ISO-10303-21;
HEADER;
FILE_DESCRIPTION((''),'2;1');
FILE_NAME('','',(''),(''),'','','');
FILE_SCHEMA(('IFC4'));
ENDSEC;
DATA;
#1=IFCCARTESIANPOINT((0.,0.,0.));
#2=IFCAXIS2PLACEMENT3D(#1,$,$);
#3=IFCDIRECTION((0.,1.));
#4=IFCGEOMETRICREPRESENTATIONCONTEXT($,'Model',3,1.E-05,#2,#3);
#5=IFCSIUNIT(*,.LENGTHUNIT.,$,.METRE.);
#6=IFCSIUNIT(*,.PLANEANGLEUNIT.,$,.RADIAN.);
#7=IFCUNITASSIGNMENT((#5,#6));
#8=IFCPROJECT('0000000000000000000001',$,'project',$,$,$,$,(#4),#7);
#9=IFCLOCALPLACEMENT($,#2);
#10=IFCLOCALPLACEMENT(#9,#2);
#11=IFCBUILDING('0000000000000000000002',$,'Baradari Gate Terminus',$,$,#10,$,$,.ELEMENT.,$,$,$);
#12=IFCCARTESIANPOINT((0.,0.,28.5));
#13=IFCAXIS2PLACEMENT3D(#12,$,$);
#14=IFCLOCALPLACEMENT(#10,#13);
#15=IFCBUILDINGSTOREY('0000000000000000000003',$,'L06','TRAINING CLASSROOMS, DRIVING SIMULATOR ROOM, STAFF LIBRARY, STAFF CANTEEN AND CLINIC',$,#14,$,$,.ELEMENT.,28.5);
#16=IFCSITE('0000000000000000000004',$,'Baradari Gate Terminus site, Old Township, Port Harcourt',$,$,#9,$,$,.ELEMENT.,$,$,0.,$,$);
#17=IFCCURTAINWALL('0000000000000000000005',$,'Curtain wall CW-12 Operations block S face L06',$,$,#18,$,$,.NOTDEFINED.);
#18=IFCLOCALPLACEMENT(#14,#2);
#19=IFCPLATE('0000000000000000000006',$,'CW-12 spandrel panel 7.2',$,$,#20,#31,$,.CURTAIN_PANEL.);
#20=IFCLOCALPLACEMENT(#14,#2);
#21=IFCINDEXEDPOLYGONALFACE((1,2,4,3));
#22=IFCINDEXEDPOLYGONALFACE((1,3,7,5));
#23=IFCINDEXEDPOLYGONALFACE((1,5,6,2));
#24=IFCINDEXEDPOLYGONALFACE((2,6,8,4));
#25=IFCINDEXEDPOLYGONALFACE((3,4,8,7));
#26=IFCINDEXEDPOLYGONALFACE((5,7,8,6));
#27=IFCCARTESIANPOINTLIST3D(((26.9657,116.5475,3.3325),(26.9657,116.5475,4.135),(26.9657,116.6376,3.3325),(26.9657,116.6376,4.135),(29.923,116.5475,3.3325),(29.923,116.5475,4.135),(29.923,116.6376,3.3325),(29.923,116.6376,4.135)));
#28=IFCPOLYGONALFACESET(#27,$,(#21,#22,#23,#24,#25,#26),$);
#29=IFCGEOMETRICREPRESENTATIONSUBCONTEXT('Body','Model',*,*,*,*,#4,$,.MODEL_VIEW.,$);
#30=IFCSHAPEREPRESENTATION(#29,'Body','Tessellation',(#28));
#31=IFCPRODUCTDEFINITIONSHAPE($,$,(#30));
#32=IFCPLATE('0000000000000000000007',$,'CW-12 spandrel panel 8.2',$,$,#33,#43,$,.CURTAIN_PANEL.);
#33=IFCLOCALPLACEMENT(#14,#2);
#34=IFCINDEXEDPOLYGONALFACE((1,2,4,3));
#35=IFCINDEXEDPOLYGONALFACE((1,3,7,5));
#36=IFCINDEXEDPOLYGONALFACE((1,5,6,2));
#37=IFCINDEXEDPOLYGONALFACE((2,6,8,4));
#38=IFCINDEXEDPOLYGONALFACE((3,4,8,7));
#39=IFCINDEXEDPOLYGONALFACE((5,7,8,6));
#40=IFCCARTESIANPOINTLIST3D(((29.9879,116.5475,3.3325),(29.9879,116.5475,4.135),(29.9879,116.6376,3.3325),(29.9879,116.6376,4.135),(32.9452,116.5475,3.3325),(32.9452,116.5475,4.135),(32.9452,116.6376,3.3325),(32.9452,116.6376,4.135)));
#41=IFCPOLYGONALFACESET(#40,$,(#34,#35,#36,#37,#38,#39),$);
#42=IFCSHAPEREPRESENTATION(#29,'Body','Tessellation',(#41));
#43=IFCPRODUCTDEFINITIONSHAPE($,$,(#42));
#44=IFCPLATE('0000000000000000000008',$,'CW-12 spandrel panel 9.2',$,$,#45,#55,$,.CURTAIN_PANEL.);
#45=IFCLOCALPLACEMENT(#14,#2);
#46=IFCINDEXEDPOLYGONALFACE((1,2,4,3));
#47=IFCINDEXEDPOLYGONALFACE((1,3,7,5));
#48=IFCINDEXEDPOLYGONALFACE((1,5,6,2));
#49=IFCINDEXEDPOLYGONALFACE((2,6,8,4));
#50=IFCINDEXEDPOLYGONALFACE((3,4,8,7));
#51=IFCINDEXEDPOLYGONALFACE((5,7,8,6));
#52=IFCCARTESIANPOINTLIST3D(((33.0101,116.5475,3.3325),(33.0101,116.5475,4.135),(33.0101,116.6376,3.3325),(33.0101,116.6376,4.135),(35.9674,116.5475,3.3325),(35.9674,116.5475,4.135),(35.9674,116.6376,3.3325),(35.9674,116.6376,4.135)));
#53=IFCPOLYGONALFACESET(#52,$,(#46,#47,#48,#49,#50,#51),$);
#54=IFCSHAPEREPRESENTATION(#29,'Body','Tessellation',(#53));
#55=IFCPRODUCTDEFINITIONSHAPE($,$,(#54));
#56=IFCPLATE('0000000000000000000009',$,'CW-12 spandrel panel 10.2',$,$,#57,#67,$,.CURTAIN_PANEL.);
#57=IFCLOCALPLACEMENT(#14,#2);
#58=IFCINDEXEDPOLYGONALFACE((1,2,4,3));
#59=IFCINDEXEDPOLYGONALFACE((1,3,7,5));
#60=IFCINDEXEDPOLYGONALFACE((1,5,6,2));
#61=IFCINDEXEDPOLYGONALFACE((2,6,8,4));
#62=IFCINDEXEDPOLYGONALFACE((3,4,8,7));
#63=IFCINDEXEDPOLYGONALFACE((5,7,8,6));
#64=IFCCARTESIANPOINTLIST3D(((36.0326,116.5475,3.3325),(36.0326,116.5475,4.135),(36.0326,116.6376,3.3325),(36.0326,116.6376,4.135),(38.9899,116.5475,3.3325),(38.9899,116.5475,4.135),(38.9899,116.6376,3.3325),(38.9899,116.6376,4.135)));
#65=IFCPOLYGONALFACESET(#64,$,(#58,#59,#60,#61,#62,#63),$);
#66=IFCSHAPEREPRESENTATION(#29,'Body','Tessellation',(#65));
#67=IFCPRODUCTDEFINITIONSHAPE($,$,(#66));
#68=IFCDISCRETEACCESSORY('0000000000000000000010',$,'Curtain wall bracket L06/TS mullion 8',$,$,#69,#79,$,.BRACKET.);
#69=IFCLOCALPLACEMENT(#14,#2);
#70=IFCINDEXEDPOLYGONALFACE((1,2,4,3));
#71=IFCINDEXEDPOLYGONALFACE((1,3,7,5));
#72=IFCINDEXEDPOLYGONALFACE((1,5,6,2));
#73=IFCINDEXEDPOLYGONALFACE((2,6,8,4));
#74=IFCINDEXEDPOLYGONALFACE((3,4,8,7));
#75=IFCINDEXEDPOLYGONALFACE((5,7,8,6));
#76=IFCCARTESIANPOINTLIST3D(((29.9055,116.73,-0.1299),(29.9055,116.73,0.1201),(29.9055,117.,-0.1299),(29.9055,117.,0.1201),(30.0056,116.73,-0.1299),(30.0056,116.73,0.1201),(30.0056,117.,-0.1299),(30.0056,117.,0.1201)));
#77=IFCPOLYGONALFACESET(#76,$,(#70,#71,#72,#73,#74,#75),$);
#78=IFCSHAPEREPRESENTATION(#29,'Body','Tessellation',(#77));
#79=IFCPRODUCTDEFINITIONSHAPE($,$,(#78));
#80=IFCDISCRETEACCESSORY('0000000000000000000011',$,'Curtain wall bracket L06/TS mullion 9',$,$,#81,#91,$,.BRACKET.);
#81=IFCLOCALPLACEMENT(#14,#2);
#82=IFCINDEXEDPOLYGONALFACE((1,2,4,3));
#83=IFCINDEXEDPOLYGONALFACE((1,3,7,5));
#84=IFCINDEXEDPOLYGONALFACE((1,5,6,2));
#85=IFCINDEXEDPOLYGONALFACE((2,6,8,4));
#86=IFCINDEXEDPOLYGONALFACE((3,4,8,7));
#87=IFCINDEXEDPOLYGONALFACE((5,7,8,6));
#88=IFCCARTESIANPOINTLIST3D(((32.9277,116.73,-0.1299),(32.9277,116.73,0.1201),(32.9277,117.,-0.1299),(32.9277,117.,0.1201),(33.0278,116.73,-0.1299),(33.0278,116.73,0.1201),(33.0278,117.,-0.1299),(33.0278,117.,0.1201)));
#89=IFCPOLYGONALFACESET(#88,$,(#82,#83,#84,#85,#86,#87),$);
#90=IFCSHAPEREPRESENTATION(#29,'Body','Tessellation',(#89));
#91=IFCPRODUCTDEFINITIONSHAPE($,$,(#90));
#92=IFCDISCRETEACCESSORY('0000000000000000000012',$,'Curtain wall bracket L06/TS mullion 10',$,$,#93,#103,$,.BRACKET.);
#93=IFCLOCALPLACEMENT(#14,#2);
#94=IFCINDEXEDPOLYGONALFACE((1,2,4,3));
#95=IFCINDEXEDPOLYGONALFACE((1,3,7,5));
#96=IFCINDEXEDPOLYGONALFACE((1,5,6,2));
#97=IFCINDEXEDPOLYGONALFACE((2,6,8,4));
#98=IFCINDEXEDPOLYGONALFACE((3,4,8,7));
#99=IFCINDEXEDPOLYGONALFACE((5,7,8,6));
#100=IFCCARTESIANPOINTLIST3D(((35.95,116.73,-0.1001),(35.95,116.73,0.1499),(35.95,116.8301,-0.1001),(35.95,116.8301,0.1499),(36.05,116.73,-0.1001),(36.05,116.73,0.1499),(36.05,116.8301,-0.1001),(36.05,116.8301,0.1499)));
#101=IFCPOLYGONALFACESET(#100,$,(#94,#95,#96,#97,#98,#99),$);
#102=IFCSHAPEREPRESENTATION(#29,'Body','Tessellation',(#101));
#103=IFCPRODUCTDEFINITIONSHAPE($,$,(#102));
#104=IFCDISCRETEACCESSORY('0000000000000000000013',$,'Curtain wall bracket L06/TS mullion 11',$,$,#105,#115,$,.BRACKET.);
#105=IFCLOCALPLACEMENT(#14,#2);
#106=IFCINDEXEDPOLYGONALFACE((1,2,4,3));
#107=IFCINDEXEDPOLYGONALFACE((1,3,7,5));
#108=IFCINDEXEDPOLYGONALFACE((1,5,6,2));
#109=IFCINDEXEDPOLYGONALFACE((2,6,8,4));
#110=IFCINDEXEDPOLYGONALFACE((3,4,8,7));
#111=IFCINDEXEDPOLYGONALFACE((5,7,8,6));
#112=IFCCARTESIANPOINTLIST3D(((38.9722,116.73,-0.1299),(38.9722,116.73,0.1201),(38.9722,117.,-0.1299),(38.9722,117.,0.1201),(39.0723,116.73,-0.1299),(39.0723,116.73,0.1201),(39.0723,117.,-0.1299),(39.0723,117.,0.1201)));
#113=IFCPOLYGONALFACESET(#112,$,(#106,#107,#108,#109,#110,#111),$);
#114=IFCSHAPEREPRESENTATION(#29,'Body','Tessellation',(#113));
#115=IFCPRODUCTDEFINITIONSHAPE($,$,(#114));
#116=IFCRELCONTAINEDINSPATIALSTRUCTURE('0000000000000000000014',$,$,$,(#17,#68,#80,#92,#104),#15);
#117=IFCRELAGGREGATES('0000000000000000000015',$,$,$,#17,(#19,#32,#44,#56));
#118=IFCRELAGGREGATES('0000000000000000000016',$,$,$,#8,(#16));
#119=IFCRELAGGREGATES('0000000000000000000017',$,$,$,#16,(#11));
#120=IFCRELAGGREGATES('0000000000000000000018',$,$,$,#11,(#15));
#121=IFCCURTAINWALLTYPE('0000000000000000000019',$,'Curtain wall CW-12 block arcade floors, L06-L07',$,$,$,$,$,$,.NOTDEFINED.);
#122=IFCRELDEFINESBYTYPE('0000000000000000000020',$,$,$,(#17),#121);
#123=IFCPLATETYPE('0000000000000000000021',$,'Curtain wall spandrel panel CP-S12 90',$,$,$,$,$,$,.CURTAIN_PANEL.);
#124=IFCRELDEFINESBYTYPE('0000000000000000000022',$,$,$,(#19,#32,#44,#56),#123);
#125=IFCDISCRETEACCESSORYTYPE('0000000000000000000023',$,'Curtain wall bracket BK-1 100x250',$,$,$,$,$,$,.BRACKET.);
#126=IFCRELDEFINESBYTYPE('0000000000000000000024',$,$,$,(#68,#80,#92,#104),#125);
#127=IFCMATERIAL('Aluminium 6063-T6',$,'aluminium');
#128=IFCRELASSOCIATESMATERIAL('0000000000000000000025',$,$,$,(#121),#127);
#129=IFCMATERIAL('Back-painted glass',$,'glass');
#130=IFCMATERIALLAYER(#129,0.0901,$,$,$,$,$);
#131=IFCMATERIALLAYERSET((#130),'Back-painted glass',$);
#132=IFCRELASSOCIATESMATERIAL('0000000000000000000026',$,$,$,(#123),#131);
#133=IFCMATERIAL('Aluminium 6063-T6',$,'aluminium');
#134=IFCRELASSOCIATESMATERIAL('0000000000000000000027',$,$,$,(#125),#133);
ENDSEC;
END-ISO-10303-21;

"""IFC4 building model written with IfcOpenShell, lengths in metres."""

from ifc_helpers import new_model, si_unit, direction, frame, origin, origin_2d, place, context, subcontext, project, spatial, rectangle, extrude, material, layer, layer_set, type_object, element, aggregate, save


model = new_model("IFC4")

# Units and contexts
model_context = context("Model", 3, precision=1e-05, world=origin(), true_north=direction((0.0, 1.0)))
body_context = subcontext(model_context, "Body", "Model", "MODEL_VIEW")
ifc_project = project(units=[si_unit("LENGTHUNIT", "METRE"), si_unit("PLANEANGLEUNIT", "RADIAN")], contexts=[model_context])

# Site, building, storey
site_placement = place(None, origin())
site = spatial("IfcSite", under=ifc_project, at=site_placement, Name="Baradari Gate Terminus site, Old Township, Port Harcourt", CompositionType="ELEMENT", RefElevation=0.0)
building_placement = place(site_placement, origin())
building = spatial("IfcBuilding", under=site, at=building_placement, Name="Baradari Gate Terminus", CompositionType="ELEMENT")
storey_placement = place(building_placement, frame((0.0, 0.0, 28.5)))
storey = spatial("IfcBuildingStorey", under=building, at=storey_placement, Name="L06", Description="TRAINING CLASSROOMS, DRIVING SIMULATOR ROOM, STAFF LIBRARY, STAFF CANTEEN AND CLINIC", CompositionType="ELEMENT", Elevation=28.5)

# Curtain wall, plates
ifc_material_1 = material(Name="Aluminium 6063-T6", Category="aluminium")
curtain_wall_type = type_object("IfcCurtainWallType", Name="Curtain wall CW-12 block arcade floors, L06-L07", PredefinedType="NOTDEFINED", material=ifc_material_1)
curtain_wall_placement = place(storey_placement, origin())
curtain_wall = element("IfcCurtainWall", 1, at=curtain_wall_placement, inside=storey, type_object=curtain_wall_type, Name="Curtain wall CW-12 Operations block S face L06", PredefinedType="NOTDEFINED")
ifc_material_2 = material(Name="Back-painted glass", Category="glass")
ifc_layer_1 = layer(ifc_material_2, 0.0901)
ifc_layer_set_1 = layer_set([ifc_layer_1], Name="Back-painted glass")
plate_type_1 = type_object("IfcPlateType", Name="Curtain wall spandrel panel CP-S12 90", PredefinedType="CURTAIN_PANEL", material=ifc_layer_set_1)
plate_1_placement = place(storey_placement, frame((28.4443, 116.5925, 3.3325), z_axis=(0.0, 0.0, 1.0), x_axis=(1.0, 0.0, 0.0)))
plate_1 = element("IfcPlate", 2, at=plate_1_placement, type_object=plate_type_1, Name="CW-12 spandrel panel 7.2", PredefinedType="CURTAIN_PANEL", context=body_context, shape_type="SweptSolid", body=[
    extrude(rectangle(XDim=2.9573, YDim=0.0901, at=origin_2d()), origin(), (0.0, 0.0, 1.0), 0.8025),
])
plate_2_placement = place(storey_placement, frame((31.4666, 116.5925, 3.3325), z_axis=(0.0, 0.0, 1.0), x_axis=(1.0, 0.0, 0.0)))
plate_2 = element("IfcPlate", 3, at=plate_2_placement, type_object=plate_type_1, Name="CW-12 spandrel panel 8.2", PredefinedType="CURTAIN_PANEL", context=body_context, shape_type="SweptSolid", body=[
    extrude(rectangle(XDim=2.9573, YDim=0.0901, at=origin_2d()), origin(), (0.0, 0.0, 1.0), 0.8025),
])
plate_3_placement = place(storey_placement, frame((34.4888, 116.5925, 3.3325), z_axis=(0.0, 0.0, 1.0), x_axis=(1.0, 0.0, 0.0)))
plate_3 = element("IfcPlate", 4, at=plate_3_placement, type_object=plate_type_1, Name="CW-12 spandrel panel 9.2", PredefinedType="CURTAIN_PANEL", context=body_context, shape_type="SweptSolid", body=[
    extrude(rectangle(XDim=2.9573, YDim=0.0901, at=origin_2d()), origin(), (0.0, 0.0, 1.0), 0.8025),
])
plate_4_placement = place(storey_placement, frame((37.5112, 116.5925, 3.3325), z_axis=(0.0, 0.0, 1.0), x_axis=(1.0, 0.0, 0.0)))
plate_4 = element("IfcPlate", 5, at=plate_4_placement, type_object=plate_type_1, Name="CW-12 spandrel panel 10.2", PredefinedType="CURTAIN_PANEL", context=body_context, shape_type="SweptSolid", body=[
    extrude(rectangle(XDim=2.9573, YDim=0.0901, at=origin_2d()), origin(), (0.0, 0.0, 1.0), 0.8025),
])
aggregate(curtain_wall, [plate_1, plate_2, plate_3, plate_4])

# Discrete accessories
ifc_material_3 = material(Name="Aluminium 6063-T6", Category="aluminium")
discrete_accessory_type = type_object("IfcDiscreteAccessoryType", Name="Curtain wall bracket BK-1 100x250", PredefinedType="BRACKET", material=ifc_material_3)
for number, where, z_axis, x_axis, name in (
    (6, (29.9556, 116.865, -0.1299), (0.0, 0.0, 1.0), (0.0, -1.0, 0.0), "Curtain wall bracket L06/TS mullion 8"),
    (7, (32.9778, 116.865, -0.1299), (0.0, 0.0, 1.0), (0.0, -1.0, 0.0), "Curtain wall bracket L06/TS mullion 9"),
):
    element("IfcDiscreteAccessory", number, at=place(storey_placement, frame(where, z_axis=z_axis, x_axis=x_axis)), inside=storey, type_object=discrete_accessory_type, Name=name, PredefinedType="BRACKET", context=body_context, shape_type="SweptSolid", body=[
        extrude(rectangle(XDim=0.27, YDim=0.1001, at=origin_2d()), origin(), (0.0, 0.0, 1.0), 0.25),
    ])
discrete_accessory_1_placement = place(storey_placement, frame((36.0, 116.78, -0.1001), z_axis=(0.0, 0.0, 1.0), x_axis=(0.0, -1.0, 0.0)))
element("IfcDiscreteAccessory", 8, at=discrete_accessory_1_placement, inside=storey, type_object=discrete_accessory_type, Name="Curtain wall bracket L06/TS mullion 10", PredefinedType="BRACKET", context=body_context, shape_type="SweptSolid", body=[
    extrude(rectangle(XDim=0.1001, YDim=0.1001, at=origin_2d()), origin(), (0.0, 0.0, 1.0), 0.25),
])
discrete_accessory_2_placement = place(storey_placement, frame((39.0222, 116.865, -0.1299), z_axis=(0.0, 0.0, 1.0), x_axis=(0.0, -1.0, 0.0)))
element("IfcDiscreteAccessory", 9, at=discrete_accessory_2_placement, inside=storey, type_object=discrete_accessory_type, Name="Curtain wall bracket L06/TS mullion 11", PredefinedType="BRACKET", context=body_context, shape_type="SweptSolid", body=[
    extrude(rectangle(XDim=0.27, YDim=0.1001, at=origin_2d()), origin(), (0.0, 0.0, 1.0), 0.25),
])

save(model, "model.ifc")
